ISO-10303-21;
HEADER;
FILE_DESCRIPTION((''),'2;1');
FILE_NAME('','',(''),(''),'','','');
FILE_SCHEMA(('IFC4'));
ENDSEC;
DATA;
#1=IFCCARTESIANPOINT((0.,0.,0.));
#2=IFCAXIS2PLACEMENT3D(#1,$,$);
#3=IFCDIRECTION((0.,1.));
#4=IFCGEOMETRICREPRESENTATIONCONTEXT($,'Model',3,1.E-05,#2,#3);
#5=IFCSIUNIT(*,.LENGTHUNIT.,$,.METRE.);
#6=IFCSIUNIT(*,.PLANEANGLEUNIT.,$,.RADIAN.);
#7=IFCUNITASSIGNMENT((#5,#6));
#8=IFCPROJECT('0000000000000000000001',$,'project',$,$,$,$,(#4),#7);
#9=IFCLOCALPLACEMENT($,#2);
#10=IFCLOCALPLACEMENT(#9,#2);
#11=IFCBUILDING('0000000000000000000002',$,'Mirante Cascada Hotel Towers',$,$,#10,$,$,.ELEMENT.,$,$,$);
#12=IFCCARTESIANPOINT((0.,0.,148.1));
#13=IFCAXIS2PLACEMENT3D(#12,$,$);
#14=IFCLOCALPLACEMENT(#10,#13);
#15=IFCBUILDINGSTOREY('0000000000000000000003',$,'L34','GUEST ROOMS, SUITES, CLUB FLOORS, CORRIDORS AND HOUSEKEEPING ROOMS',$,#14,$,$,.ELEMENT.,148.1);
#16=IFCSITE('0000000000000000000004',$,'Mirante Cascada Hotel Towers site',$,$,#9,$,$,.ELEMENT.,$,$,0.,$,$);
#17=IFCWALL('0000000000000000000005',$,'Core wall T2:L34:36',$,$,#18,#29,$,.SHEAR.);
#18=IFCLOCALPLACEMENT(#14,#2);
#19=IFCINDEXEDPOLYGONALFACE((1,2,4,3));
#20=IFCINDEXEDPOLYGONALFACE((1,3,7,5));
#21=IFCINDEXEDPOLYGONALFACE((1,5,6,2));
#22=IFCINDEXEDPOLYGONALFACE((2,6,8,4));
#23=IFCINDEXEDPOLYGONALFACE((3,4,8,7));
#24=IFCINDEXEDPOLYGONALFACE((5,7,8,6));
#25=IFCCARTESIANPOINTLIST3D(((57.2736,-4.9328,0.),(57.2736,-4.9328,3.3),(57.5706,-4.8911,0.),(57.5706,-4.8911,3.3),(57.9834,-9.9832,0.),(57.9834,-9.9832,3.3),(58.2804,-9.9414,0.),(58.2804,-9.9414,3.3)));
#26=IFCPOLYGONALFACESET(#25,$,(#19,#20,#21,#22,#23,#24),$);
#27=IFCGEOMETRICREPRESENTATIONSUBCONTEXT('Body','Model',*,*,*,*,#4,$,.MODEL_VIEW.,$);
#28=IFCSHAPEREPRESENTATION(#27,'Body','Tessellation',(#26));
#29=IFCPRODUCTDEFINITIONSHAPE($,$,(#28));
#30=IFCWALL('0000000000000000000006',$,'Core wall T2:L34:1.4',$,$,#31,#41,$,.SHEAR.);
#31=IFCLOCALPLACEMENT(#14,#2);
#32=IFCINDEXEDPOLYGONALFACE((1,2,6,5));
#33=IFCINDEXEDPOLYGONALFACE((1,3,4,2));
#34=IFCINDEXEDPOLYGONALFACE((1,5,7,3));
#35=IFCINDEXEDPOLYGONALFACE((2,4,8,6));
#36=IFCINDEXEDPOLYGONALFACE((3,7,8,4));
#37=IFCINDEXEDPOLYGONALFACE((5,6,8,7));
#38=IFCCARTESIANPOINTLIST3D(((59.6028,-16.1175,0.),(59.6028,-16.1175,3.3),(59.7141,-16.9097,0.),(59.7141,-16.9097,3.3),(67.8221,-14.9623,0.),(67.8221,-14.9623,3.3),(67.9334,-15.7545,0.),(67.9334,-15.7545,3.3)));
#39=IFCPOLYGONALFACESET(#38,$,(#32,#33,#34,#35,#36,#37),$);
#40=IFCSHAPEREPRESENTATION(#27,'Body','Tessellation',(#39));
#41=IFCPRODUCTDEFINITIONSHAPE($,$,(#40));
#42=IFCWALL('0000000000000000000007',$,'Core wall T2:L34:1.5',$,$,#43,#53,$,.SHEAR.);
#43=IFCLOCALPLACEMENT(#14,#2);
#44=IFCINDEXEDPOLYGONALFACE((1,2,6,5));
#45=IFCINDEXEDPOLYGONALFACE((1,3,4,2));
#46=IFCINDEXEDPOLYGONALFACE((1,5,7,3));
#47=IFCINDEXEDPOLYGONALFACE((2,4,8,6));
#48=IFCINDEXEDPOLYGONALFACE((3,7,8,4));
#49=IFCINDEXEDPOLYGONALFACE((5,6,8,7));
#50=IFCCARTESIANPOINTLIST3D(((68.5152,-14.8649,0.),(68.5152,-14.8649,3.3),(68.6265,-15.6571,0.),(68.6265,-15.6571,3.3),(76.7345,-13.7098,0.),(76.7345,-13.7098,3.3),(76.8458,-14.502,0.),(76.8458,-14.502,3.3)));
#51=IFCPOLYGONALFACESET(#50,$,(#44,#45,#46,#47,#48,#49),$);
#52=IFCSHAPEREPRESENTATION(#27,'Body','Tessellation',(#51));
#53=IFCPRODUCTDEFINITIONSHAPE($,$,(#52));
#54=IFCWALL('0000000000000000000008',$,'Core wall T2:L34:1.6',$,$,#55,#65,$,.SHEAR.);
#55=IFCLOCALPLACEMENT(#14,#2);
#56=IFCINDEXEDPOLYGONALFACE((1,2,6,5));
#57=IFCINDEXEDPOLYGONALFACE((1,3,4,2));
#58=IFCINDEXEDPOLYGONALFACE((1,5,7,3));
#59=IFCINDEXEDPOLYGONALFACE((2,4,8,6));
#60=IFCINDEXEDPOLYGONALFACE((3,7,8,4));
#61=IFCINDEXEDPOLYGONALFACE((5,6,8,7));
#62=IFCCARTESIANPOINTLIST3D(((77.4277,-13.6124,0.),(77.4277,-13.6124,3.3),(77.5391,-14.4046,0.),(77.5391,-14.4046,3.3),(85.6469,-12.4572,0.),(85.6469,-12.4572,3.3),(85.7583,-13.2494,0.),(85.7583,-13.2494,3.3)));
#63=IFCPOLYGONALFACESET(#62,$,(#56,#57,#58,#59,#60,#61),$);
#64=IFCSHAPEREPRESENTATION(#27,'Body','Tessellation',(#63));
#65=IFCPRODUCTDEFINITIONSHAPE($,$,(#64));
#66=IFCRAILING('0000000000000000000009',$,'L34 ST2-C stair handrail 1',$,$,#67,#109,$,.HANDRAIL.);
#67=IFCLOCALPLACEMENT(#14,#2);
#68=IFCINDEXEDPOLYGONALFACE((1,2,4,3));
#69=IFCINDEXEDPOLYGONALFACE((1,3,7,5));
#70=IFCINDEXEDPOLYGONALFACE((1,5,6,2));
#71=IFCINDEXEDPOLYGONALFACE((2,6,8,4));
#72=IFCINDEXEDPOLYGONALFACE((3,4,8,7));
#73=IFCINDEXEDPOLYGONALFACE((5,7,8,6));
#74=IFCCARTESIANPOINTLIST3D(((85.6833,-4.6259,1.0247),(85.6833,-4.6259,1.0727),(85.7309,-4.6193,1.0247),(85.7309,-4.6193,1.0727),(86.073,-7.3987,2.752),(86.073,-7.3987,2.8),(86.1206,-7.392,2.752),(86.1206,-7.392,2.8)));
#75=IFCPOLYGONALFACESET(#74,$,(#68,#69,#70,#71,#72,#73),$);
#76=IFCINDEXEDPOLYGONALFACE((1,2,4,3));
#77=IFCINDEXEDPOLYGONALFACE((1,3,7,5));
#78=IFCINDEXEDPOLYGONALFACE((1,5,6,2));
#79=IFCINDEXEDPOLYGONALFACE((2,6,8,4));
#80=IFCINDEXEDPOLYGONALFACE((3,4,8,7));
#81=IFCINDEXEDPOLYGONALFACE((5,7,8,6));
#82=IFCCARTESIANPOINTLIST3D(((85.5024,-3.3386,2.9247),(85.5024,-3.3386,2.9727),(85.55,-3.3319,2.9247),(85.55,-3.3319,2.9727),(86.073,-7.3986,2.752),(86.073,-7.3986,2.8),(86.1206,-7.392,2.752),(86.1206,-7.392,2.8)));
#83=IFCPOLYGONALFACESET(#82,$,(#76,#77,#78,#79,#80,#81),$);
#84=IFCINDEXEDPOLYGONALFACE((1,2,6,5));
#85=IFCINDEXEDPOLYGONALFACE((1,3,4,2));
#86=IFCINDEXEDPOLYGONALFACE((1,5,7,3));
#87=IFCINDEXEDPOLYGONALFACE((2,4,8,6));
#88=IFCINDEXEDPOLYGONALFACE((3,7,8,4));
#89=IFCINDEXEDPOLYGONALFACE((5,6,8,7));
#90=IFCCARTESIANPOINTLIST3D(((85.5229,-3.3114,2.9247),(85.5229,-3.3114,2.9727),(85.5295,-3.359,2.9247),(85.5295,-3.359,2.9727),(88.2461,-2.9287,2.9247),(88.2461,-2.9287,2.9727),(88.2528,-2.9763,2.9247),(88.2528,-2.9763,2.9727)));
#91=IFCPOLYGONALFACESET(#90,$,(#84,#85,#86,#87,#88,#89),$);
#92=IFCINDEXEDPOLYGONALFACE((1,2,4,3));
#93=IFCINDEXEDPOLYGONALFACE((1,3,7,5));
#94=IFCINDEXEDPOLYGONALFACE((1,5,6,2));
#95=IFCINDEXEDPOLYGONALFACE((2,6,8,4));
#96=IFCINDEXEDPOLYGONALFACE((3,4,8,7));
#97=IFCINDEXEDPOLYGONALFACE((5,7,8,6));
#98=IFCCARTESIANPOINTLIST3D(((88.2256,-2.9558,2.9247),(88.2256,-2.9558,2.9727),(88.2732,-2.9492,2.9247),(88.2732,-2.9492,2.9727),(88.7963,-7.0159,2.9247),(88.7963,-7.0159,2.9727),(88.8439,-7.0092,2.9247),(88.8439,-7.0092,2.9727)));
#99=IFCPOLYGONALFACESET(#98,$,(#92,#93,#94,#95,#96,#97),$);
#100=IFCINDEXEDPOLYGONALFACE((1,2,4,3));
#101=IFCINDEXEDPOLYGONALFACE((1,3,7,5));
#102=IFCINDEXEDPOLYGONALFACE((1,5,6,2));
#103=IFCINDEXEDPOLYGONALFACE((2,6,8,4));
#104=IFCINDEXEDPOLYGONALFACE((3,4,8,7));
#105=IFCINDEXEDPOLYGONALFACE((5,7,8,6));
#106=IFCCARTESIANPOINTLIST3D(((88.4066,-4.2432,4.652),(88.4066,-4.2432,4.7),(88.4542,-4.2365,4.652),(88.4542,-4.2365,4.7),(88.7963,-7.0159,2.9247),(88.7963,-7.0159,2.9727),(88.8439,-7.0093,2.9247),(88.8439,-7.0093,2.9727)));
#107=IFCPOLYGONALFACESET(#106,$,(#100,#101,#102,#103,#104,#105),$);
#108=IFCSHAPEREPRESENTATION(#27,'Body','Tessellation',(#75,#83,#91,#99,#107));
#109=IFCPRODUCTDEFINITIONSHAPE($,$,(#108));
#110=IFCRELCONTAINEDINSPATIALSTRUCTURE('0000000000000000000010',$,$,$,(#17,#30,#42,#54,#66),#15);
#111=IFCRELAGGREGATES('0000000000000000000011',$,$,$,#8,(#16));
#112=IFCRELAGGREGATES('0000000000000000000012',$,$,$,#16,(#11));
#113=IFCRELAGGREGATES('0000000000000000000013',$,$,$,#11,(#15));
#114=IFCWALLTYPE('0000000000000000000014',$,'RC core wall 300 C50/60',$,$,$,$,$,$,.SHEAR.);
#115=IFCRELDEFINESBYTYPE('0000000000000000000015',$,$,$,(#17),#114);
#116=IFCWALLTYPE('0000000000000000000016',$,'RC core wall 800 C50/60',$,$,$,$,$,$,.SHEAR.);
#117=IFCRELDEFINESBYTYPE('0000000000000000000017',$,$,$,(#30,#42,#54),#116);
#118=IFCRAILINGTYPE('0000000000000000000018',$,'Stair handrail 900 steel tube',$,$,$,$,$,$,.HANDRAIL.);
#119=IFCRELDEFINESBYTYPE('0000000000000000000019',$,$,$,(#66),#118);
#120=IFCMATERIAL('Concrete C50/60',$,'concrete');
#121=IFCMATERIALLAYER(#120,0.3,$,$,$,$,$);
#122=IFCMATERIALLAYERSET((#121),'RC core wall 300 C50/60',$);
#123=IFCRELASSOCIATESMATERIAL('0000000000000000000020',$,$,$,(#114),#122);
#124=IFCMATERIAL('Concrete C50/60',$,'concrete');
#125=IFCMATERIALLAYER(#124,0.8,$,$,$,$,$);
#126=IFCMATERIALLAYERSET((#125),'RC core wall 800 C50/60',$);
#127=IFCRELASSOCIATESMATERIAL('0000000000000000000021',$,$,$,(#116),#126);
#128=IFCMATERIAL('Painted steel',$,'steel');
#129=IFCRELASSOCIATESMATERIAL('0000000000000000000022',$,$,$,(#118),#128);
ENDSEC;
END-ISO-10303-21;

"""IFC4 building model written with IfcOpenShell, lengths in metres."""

from ifc_helpers import new_model, si_unit, direction, frame, frame_2d, origin, origin_2d, place, context, subcontext, project, spatial, rectangle, extrude, material, layer, layer_set, type_object, element, save


model = new_model("IFC4")

# Units and contexts
model_context = context("Model", 3, precision=1e-05, world=origin(), true_north=direction((0.0, 1.0)))
body_context = subcontext(model_context, "Body", "Model", "MODEL_VIEW")
ifc_project = project(units=[si_unit("LENGTHUNIT", "METRE"), si_unit("PLANEANGLEUNIT", "RADIAN")], contexts=[model_context])

# Site, building, storey
site_placement = place(None, origin())
site = spatial("IfcSite", under=ifc_project, at=site_placement, Name="Mirante Cascada Hotel Towers site", CompositionType="ELEMENT", RefElevation=0.0)
building_placement = place(site_placement, origin())
building = spatial("IfcBuilding", under=site, at=building_placement, Name="Mirante Cascada Hotel Towers", CompositionType="ELEMENT")
storey_placement = place(building_placement, frame((0.0, 0.0, 148.1)))
storey = spatial("IfcBuildingStorey", under=building, at=storey_placement, Name="L34", Description="GUEST ROOMS, SUITES, CLUB FLOORS, CORRIDORS AND HOUSEKEEPING ROOMS", CompositionType="ELEMENT", Elevation=148.1)

# Shared definitions
ifc_material_1 = material(Name="Concrete C50/60", Category="concrete")
ifc_layer_1 = layer(ifc_material_1, 0.3)
ifc_layer_set_1 = layer_set([ifc_layer_1], Name="RC core wall 300 C50/60")
wall_type_1 = type_object("IfcWallType", Name="RC core wall 300 C50/60", PredefinedType="SHEAR", material=ifc_layer_set_1)

# Walls
for number, where, z_axis, x_axis, name in (
    (1, (58.1319, -9.9623, 0.0), (0.0, 0.0, 1.0), (-0.139176, 0.990268, 0.0), "Core wall T2:L34:36"),
):
    element("IfcWall", number, at=place(storey_placement, frame(where, z_axis=z_axis, x_axis=x_axis)), inside=storey, type_object=wall_type_1, Name=name, PredefinedType="SHEAR", context=body_context, shape_type="SweptSolid", body=[
        extrude(rectangle(XDim=5.1, YDim=0.3, at=frame_2d((2.55, 0.0))), origin(), (0.0, 0.0, 1.0), 3.3),
    ])
ifc_material_2 = material(Name="Concrete C50/60", Category="concrete")
ifc_layer_2 = layer(ifc_material_2, 0.8)
ifc_layer_set_2 = layer_set([ifc_layer_2], Name="RC core wall 800 C50/60")
wall_type_2 = type_object("IfcWallType", Name="RC core wall 800 C50/60", PredefinedType="SHEAR", material=ifc_layer_set_2)
for number, where, z_axis, x_axis, name in (
    (2, (59.6585, -16.5136, 0.0), (0.0, 0.0, 1.0), (0.990267, 0.139179, 0.0), "Core wall T2:L34:1.4"),
    (3, (68.5709, -15.261, 0.0), (0.0, 0.0, 1.0), (0.990269, 0.139167, 0.0), "Core wall T2:L34:1.5"),
):
    element("IfcWall", number, at=place(storey_placement, frame(where, z_axis=z_axis, x_axis=x_axis)), inside=storey, type_object=wall_type_2, Name=name, PredefinedType="SHEAR", context=body_context, shape_type="SweptSolid", body=[
        extrude(rectangle(XDim=8.3001, YDim=0.8, at=frame_2d((4.15, 0.0))), origin(), (0.0, 0.0, 1.0), 3.3),
    ])
wall_1_placement = place(storey_placement, frame((77.4834, -14.0085, 0.0), z_axis=(0.0, 0.0, 1.0), x_axis=(0.990267, 0.139181, 0.0)))
element("IfcWall", 4, at=wall_1_placement, inside=storey, type_object=wall_type_2, Name="Core wall T2:L34:1.6", PredefinedType="SHEAR", context=body_context, shape_type="SweptSolid", body=[
    extrude(rectangle(XDim=8.3, YDim=0.8, at=frame_2d((4.15, 0.0))), origin(), (0.0, 0.0, 1.0), 3.3),
])

# Railing
ifc_material_3 = material(Name="Painted steel", Category="steel")
railing_type = type_object("IfcRailingType", Name="Stair handrail 900 steel tube", PredefinedType="HANDRAIL", material=ifc_material_3)
railing_placement = place(storey_placement, frame((85.7071, -4.6226, 0.1727)))
element("IfcRailing", 5, at=railing_placement, inside=storey, type_object=railing_type, Name="L34 ST2-C stair handrail 1", PredefinedType="HANDRAIL", context=body_context, shape_type="SweptSolid", body=[
    extrude(rectangle(XDim=0.048, YDim=0.048, at=origin_2d()), frame((0.0, 0.0, 0.876), z_axis=(0.139181, -0.990267, 0.0), x_axis=(0.990267, 0.139181, 0.0)), (0.0, 0.525035, 0.851081), 3.2899),
    extrude(rectangle(XDim=0.048, YDim=0.048, at=origin_2d()), frame((0.3897, -2.7727, 2.6033), z_axis=(-0.139171, 0.990268, 0.0), x_axis=(-0.990268, -0.139171, 0.0)), (0.0, 0.042085, 0.999114), 4.1036),
    extrude(rectangle(XDim=0.048, YDim=0.048, at=origin_2d()), frame((-0.1809, 1.2874, 2.776), z_axis=(0.990269, 0.139166, 0.0), x_axis=(-0.139166, 0.990269, 0.0)), (0.0, 0.0, 1.0), 2.75),
    extrude(rectangle(XDim=0.048, YDim=0.048, at=origin_2d()), frame((2.5423, 1.6701, 2.776), z_axis=(0.139195, -0.990265, 0.0), x_axis=(0.990265, 0.139195, 0.0)), (0.0, 0.0, 1.0), 4.1),
    extrude(rectangle(XDim=0.048, YDim=0.048, at=origin_2d()), frame((3.113, -2.39, 2.776), z_axis=(-0.139181, 0.990267, 0.0), x_axis=(-0.990267, -0.139181, 0.0)), (0.0, 0.525035, 0.851081), 3.2899),
])

save(model, "model.ifc")
